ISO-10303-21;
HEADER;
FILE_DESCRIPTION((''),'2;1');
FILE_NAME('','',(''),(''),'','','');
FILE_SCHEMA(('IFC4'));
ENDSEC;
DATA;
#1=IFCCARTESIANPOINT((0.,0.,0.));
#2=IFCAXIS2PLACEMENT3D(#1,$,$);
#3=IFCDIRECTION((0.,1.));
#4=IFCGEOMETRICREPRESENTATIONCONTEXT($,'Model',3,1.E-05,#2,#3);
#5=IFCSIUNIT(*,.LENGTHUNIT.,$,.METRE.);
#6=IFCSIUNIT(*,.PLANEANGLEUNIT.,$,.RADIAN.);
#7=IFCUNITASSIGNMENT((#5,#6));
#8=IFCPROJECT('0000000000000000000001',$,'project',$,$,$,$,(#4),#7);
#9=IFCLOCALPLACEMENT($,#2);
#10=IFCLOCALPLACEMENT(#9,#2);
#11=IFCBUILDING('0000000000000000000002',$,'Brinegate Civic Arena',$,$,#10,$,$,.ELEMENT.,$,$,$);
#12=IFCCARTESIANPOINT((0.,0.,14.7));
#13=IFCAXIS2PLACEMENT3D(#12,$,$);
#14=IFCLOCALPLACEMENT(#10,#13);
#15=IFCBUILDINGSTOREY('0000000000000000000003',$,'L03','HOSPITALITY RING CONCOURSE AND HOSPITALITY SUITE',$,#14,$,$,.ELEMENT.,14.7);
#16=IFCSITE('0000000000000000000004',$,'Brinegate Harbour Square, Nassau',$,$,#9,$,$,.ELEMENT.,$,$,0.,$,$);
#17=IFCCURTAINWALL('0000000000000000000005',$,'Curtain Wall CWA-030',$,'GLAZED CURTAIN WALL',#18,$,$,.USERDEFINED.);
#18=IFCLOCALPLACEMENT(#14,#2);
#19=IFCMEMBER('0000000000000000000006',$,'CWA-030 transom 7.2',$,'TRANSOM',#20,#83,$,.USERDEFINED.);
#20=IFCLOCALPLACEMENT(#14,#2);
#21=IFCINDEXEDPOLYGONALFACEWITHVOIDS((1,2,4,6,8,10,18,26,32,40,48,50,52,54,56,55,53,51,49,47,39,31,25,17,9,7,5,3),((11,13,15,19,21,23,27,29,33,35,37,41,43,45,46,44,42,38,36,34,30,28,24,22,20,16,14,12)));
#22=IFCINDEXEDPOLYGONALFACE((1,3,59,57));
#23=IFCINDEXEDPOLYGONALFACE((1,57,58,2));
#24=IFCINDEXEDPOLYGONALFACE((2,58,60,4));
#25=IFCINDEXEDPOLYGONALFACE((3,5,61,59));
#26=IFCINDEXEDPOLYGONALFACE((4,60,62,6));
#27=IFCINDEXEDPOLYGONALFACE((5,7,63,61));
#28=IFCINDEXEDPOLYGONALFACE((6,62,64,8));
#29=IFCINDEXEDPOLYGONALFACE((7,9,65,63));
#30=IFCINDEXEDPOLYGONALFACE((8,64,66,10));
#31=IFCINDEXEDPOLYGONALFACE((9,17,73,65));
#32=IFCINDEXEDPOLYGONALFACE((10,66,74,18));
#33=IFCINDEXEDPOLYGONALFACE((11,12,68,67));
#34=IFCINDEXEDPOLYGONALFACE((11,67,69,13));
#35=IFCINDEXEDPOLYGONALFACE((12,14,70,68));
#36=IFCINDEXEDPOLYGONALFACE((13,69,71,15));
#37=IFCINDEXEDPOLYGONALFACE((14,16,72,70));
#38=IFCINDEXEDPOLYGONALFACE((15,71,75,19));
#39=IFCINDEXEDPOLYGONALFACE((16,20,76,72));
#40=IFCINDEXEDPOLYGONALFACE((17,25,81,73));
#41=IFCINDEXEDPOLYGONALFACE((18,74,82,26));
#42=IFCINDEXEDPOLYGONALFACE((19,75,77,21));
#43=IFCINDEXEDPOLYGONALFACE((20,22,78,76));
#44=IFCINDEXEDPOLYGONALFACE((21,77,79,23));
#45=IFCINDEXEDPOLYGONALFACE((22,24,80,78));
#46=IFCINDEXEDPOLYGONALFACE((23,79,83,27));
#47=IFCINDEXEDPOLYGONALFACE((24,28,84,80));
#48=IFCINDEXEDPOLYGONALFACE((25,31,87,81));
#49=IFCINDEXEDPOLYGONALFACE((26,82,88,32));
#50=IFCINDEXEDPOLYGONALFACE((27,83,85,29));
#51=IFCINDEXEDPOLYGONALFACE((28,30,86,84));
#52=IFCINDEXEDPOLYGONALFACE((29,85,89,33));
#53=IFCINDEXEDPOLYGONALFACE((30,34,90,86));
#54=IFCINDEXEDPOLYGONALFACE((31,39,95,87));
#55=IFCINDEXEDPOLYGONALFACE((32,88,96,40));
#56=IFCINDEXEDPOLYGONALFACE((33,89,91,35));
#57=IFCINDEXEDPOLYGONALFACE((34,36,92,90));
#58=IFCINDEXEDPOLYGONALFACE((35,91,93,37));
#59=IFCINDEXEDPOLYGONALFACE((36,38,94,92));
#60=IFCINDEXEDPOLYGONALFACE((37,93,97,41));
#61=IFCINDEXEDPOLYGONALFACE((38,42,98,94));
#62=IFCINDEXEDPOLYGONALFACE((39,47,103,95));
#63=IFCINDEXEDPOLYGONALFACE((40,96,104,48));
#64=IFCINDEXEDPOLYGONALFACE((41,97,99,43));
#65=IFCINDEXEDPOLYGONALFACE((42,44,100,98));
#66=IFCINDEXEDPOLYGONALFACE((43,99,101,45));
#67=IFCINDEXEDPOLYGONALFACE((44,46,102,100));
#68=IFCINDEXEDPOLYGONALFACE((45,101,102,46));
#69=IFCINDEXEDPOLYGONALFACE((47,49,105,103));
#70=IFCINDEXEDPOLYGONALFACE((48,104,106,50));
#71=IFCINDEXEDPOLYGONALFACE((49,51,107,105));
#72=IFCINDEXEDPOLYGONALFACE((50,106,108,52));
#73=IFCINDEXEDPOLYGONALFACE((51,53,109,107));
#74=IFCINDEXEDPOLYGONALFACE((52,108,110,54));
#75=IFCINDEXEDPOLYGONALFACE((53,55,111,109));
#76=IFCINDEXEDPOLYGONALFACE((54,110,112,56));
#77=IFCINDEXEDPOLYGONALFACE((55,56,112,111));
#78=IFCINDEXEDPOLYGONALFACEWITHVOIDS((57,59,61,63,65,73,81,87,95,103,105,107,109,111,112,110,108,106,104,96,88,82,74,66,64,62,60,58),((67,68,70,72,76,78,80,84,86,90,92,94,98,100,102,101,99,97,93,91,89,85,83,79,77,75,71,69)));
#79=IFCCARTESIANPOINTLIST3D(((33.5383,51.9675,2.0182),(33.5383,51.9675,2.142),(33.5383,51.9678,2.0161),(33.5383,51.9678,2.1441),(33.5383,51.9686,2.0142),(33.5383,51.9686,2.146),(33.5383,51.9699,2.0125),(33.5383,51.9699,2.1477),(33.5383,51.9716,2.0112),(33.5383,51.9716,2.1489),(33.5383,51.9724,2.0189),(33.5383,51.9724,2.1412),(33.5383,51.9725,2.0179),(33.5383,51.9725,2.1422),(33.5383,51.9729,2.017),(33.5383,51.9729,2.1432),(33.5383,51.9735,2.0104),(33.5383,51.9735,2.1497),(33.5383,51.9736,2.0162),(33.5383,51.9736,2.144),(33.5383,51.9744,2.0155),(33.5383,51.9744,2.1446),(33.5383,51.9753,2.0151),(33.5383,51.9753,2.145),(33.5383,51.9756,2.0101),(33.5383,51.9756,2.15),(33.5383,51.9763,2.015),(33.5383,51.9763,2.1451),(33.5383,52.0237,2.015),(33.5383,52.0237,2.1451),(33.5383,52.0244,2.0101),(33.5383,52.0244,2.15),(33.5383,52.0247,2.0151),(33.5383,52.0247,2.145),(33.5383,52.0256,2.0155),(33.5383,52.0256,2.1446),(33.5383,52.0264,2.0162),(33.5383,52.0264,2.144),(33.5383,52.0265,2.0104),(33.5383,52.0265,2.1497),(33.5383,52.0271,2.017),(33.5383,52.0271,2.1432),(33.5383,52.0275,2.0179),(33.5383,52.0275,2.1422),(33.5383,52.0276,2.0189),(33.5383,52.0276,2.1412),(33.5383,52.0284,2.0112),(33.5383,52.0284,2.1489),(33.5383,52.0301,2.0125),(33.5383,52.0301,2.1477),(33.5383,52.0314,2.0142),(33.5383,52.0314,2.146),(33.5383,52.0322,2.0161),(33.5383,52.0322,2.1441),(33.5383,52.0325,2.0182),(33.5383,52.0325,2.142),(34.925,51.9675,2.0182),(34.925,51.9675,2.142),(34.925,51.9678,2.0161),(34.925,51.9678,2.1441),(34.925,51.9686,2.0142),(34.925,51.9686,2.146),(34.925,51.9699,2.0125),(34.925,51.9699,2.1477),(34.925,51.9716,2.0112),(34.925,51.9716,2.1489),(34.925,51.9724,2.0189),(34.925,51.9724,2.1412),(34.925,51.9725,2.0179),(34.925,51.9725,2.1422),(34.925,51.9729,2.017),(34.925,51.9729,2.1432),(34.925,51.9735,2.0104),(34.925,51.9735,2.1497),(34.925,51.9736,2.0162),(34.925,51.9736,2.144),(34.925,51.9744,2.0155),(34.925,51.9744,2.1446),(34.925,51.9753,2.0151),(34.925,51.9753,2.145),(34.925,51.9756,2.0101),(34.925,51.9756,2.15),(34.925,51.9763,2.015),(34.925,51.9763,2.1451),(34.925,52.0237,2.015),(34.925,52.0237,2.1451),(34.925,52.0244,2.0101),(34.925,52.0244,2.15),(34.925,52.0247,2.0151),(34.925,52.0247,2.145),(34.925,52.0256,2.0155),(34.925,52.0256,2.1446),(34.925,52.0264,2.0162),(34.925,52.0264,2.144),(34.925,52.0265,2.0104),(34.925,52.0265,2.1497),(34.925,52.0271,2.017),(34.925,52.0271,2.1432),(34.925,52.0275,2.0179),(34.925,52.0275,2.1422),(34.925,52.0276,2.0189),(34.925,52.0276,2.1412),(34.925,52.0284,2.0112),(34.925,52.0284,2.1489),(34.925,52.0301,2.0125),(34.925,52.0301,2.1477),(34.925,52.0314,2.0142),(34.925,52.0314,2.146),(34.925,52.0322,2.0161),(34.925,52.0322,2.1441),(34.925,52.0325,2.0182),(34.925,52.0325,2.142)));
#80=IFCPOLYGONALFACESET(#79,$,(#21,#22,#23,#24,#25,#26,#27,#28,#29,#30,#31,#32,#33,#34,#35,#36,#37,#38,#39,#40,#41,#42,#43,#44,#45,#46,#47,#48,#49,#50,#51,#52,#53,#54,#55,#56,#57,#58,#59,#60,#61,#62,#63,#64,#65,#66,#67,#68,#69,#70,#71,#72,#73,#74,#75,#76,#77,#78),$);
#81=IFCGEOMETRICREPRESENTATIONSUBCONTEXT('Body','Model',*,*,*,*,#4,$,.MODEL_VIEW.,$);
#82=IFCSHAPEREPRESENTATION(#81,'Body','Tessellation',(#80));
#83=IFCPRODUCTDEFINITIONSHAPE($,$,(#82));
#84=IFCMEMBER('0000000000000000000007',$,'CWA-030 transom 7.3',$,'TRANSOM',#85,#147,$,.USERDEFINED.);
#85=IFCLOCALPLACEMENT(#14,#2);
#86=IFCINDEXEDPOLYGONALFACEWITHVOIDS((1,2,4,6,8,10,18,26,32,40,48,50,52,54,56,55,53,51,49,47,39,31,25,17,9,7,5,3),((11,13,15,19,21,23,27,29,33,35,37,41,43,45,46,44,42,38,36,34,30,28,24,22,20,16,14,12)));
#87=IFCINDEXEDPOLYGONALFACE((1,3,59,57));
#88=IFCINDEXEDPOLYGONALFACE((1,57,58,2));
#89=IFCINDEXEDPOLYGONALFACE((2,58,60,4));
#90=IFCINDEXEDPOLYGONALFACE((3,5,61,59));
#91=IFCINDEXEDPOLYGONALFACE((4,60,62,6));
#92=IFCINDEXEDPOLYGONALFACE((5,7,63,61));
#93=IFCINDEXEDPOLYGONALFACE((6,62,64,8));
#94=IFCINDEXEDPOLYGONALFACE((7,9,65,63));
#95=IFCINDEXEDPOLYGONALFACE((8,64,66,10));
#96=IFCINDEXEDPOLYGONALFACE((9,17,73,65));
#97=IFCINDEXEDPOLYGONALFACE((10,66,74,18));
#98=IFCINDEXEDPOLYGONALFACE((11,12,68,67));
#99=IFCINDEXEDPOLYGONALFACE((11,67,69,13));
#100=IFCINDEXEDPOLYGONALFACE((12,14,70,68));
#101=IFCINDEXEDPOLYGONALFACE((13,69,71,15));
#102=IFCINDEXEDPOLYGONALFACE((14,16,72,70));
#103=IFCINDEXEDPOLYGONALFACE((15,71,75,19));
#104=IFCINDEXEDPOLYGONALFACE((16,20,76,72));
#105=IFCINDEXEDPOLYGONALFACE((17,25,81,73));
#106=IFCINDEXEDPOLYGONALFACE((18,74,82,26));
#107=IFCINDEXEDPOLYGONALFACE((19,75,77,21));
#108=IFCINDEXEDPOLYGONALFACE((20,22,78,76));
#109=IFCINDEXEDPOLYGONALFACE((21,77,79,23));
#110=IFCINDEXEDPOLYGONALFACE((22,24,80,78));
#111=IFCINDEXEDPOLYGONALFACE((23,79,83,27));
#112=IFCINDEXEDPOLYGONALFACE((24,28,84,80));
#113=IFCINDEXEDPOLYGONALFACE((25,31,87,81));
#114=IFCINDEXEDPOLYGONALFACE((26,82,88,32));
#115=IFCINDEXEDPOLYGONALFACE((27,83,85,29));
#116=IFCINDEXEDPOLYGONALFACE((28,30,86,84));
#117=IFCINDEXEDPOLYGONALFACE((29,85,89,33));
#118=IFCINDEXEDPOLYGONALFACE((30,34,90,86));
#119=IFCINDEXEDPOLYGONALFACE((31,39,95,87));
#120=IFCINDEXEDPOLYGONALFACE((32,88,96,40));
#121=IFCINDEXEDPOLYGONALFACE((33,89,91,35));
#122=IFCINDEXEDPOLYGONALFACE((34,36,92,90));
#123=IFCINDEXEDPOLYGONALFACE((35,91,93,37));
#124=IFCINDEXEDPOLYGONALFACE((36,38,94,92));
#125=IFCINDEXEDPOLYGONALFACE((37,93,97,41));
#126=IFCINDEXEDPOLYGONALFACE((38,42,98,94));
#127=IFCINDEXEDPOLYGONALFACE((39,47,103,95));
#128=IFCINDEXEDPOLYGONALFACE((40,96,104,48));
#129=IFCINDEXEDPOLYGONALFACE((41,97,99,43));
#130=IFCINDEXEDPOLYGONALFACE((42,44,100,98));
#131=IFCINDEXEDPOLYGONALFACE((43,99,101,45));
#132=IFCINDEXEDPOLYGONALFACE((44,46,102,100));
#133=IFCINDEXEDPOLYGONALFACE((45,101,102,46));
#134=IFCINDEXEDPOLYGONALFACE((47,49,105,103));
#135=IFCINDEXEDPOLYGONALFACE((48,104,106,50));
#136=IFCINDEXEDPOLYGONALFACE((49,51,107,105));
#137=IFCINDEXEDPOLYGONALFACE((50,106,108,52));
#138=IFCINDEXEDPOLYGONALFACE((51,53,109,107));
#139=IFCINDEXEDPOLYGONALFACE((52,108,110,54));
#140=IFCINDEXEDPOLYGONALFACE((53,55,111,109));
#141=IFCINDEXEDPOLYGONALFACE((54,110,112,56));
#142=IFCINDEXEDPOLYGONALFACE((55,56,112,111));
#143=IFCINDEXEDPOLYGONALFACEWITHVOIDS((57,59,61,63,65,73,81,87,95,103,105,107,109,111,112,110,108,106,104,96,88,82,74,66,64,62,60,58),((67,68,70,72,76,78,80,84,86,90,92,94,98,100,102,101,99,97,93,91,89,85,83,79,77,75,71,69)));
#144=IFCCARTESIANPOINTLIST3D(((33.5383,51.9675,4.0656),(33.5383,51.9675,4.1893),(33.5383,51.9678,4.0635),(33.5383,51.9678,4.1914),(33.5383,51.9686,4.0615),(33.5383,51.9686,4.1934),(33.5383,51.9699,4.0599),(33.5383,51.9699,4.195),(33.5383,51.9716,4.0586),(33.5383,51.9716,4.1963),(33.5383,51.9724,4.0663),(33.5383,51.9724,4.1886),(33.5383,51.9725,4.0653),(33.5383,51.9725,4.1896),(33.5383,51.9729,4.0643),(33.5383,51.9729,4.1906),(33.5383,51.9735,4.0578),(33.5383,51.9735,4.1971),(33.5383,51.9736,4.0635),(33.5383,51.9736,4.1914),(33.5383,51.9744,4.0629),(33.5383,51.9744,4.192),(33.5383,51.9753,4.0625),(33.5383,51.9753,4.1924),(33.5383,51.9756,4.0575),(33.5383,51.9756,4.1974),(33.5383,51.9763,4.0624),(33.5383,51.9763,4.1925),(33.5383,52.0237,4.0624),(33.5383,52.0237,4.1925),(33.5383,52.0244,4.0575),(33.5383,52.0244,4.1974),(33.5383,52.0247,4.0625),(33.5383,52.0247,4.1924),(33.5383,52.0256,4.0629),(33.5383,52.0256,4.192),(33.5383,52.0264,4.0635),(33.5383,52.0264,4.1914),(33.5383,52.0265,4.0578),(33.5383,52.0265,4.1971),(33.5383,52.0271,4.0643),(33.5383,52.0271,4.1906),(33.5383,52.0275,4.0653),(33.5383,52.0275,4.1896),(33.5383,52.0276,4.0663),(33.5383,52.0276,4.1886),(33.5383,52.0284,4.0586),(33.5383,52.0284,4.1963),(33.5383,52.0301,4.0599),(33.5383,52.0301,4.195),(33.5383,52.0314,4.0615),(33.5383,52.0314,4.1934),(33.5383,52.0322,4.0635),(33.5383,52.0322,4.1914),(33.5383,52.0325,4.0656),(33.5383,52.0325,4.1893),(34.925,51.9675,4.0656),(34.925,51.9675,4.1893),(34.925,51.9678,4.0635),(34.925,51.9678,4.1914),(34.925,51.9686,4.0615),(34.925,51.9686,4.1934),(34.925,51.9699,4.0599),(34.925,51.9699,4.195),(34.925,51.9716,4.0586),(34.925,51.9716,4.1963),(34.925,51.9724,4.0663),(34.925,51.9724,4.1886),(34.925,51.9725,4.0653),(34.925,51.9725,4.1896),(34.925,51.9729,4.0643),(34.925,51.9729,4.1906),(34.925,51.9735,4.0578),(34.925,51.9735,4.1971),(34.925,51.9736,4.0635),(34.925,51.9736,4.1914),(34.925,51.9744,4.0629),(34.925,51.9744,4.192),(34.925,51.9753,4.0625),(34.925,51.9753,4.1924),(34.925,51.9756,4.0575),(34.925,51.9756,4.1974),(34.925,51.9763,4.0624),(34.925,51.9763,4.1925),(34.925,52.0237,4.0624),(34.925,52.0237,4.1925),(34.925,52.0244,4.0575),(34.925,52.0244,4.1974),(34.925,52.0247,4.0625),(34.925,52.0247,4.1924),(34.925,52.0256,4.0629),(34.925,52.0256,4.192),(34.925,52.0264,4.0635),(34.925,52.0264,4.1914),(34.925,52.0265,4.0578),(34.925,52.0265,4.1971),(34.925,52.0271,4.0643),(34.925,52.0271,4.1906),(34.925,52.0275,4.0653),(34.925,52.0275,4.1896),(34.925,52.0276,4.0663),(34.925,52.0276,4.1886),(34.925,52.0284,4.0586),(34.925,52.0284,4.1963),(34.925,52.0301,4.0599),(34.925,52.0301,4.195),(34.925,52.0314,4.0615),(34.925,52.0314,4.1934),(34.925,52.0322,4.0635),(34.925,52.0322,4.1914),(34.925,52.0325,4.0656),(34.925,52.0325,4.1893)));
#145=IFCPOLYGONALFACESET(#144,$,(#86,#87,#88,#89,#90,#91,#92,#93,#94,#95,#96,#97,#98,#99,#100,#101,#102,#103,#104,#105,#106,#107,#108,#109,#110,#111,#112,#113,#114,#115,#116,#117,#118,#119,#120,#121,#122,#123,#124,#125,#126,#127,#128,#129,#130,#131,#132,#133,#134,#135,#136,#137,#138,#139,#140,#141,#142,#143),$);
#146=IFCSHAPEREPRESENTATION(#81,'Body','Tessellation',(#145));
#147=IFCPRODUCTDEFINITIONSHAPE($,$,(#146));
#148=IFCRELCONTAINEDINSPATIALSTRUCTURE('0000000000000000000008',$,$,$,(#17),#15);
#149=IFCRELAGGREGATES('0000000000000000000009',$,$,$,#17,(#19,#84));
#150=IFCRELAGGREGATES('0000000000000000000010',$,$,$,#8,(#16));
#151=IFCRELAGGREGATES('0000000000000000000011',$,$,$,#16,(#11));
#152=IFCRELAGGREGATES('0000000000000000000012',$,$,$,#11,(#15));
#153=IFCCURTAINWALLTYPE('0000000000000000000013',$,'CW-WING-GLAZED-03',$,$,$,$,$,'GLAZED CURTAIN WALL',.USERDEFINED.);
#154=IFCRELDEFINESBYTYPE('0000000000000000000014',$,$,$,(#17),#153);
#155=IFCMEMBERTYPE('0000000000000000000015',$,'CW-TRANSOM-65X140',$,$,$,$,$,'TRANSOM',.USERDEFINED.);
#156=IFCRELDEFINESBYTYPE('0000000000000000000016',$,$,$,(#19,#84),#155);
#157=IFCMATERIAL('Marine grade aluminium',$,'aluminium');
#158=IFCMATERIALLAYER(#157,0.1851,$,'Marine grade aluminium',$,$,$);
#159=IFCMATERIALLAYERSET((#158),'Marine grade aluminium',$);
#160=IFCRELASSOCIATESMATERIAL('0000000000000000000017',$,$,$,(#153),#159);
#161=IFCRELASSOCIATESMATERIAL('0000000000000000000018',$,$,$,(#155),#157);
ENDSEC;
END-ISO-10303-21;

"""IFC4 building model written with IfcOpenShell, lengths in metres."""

from ifc_helpers import new_model, si_unit, direction, frame, origin, origin_2d, place, context, subcontext, project, spatial, hollow_rectangle, extrude, material, layer, layer_set, material_profile, profile_set, type_object, element, aggregate, save


model = new_model("IFC4")

# Units and contexts
model_context = context("Model", 3, precision=1e-05, world=origin(), true_north=direction((0.0, 1.0)))
body_context = subcontext(model_context, "Body", "Model", "MODEL_VIEW")
ifc_project = project(units=[si_unit("LENGTHUNIT", "METRE"), si_unit("PLANEANGLEUNIT", "RADIAN")], contexts=[model_context])

# Site, building, storey
site_placement = place(None, origin())
site = spatial("IfcSite", under=ifc_project, at=site_placement, Name="Brinegate Harbour Square, Nassau", CompositionType="ELEMENT", RefElevation=0.0)
building_placement = place(site_placement, origin())
building = spatial("IfcBuilding", under=site, at=building_placement, Name="Brinegate Civic Arena", CompositionType="ELEMENT")
storey_placement = place(building_placement, frame((0.0, 0.0, 14.7)))
storey = spatial("IfcBuildingStorey", under=building, at=storey_placement, Name="L03", Description="HOSPITALITY RING CONCOURSE AND HOSPITALITY SUITE", CompositionType="ELEMENT", Elevation=14.7)

# Curtain wall
ifc_material_1 = material(Name="Marine grade aluminium", Category="aluminium")
ifc_layer_1 = layer(ifc_material_1, 0.1851, Name="Marine grade aluminium")
ifc_layer_set_1 = layer_set([ifc_layer_1], Name="Marine grade aluminium")
curtain_wall_type = type_object("IfcCurtainWallType", Name="CW-WING-GLAZED-03", ElementType="GLAZED CURTAIN WALL", PredefinedType="USERDEFINED", material=ifc_layer_set_1)
curtain_wall_1_placement = place(storey_placement, origin())
curtain_wall_1 = element("IfcCurtainWall", 1, at=curtain_wall_1_placement, inside=storey, type_object=curtain_wall_type, Name="Curtain Wall CWA-030", ObjectType="GLAZED CURTAIN WALL", PredefinedType="USERDEFINED")

# Members
ifc_material_profile_1 = material_profile(ifc_material_1, hollow_rectangle(XDim=0.0649, YDim=0.1399, WallThickness=0.0049, InnerFilletRadius=0.0039, OuterFilletRadius=0.0081, at=origin_2d()), Name="TRN65X140")
ifc_profile_set_1 = profile_set([ifc_material_profile_1], Name="Marine grade aluminium")
member_type_1 = type_object("IfcMemberType", Name="CW-TRANSOM-65X140", ElementType="TRANSOM", PredefinedType="USERDEFINED", material=ifc_profile_set_1)
member_1_placement = place(storey_placement, frame((33.5383, 52.0, 2.0801), z_axis=(1.0, 0.0, 0.0), x_axis=(0.0, 1.0, 0.0)))
member_1 = element("IfcMember", 2, at=member_1_placement, type_object=member_type_1, Name="CWA-030 transom 7.2", ObjectType="TRANSOM", PredefinedType="USERDEFINED", context=body_context, shape_type="SweptSolid", body=[
    extrude(hollow_rectangle(XDim=0.0649, YDim=0.1399, WallThickness=0.0049, InnerFilletRadius=0.0039, OuterFilletRadius=0.0081, at=origin_2d()), origin(), (0.0, 0.0, 1.0), 1.3867),
])
member_2_placement = place(storey_placement, frame((33.5383, 52.0, 4.1274), z_axis=(1.0, 0.0, 0.0), x_axis=(0.0, 1.0, 0.0)))
member_2 = element("IfcMember", 3, at=member_2_placement, type_object=member_type_1, Name="CWA-030 transom 7.3", ObjectType="TRANSOM", PredefinedType="USERDEFINED", context=body_context, shape_type="SweptSolid", body=[
    extrude(hollow_rectangle(XDim=0.0649, YDim=0.1399, WallThickness=0.0049, InnerFilletRadius=0.0039, OuterFilletRadius=0.0081, at=origin_2d()), origin(), (0.0, 0.0, 1.0), 1.3867),
])

aggregate(curtain_wall_1, [member_1, member_2])

save(model, "model.ifc")
